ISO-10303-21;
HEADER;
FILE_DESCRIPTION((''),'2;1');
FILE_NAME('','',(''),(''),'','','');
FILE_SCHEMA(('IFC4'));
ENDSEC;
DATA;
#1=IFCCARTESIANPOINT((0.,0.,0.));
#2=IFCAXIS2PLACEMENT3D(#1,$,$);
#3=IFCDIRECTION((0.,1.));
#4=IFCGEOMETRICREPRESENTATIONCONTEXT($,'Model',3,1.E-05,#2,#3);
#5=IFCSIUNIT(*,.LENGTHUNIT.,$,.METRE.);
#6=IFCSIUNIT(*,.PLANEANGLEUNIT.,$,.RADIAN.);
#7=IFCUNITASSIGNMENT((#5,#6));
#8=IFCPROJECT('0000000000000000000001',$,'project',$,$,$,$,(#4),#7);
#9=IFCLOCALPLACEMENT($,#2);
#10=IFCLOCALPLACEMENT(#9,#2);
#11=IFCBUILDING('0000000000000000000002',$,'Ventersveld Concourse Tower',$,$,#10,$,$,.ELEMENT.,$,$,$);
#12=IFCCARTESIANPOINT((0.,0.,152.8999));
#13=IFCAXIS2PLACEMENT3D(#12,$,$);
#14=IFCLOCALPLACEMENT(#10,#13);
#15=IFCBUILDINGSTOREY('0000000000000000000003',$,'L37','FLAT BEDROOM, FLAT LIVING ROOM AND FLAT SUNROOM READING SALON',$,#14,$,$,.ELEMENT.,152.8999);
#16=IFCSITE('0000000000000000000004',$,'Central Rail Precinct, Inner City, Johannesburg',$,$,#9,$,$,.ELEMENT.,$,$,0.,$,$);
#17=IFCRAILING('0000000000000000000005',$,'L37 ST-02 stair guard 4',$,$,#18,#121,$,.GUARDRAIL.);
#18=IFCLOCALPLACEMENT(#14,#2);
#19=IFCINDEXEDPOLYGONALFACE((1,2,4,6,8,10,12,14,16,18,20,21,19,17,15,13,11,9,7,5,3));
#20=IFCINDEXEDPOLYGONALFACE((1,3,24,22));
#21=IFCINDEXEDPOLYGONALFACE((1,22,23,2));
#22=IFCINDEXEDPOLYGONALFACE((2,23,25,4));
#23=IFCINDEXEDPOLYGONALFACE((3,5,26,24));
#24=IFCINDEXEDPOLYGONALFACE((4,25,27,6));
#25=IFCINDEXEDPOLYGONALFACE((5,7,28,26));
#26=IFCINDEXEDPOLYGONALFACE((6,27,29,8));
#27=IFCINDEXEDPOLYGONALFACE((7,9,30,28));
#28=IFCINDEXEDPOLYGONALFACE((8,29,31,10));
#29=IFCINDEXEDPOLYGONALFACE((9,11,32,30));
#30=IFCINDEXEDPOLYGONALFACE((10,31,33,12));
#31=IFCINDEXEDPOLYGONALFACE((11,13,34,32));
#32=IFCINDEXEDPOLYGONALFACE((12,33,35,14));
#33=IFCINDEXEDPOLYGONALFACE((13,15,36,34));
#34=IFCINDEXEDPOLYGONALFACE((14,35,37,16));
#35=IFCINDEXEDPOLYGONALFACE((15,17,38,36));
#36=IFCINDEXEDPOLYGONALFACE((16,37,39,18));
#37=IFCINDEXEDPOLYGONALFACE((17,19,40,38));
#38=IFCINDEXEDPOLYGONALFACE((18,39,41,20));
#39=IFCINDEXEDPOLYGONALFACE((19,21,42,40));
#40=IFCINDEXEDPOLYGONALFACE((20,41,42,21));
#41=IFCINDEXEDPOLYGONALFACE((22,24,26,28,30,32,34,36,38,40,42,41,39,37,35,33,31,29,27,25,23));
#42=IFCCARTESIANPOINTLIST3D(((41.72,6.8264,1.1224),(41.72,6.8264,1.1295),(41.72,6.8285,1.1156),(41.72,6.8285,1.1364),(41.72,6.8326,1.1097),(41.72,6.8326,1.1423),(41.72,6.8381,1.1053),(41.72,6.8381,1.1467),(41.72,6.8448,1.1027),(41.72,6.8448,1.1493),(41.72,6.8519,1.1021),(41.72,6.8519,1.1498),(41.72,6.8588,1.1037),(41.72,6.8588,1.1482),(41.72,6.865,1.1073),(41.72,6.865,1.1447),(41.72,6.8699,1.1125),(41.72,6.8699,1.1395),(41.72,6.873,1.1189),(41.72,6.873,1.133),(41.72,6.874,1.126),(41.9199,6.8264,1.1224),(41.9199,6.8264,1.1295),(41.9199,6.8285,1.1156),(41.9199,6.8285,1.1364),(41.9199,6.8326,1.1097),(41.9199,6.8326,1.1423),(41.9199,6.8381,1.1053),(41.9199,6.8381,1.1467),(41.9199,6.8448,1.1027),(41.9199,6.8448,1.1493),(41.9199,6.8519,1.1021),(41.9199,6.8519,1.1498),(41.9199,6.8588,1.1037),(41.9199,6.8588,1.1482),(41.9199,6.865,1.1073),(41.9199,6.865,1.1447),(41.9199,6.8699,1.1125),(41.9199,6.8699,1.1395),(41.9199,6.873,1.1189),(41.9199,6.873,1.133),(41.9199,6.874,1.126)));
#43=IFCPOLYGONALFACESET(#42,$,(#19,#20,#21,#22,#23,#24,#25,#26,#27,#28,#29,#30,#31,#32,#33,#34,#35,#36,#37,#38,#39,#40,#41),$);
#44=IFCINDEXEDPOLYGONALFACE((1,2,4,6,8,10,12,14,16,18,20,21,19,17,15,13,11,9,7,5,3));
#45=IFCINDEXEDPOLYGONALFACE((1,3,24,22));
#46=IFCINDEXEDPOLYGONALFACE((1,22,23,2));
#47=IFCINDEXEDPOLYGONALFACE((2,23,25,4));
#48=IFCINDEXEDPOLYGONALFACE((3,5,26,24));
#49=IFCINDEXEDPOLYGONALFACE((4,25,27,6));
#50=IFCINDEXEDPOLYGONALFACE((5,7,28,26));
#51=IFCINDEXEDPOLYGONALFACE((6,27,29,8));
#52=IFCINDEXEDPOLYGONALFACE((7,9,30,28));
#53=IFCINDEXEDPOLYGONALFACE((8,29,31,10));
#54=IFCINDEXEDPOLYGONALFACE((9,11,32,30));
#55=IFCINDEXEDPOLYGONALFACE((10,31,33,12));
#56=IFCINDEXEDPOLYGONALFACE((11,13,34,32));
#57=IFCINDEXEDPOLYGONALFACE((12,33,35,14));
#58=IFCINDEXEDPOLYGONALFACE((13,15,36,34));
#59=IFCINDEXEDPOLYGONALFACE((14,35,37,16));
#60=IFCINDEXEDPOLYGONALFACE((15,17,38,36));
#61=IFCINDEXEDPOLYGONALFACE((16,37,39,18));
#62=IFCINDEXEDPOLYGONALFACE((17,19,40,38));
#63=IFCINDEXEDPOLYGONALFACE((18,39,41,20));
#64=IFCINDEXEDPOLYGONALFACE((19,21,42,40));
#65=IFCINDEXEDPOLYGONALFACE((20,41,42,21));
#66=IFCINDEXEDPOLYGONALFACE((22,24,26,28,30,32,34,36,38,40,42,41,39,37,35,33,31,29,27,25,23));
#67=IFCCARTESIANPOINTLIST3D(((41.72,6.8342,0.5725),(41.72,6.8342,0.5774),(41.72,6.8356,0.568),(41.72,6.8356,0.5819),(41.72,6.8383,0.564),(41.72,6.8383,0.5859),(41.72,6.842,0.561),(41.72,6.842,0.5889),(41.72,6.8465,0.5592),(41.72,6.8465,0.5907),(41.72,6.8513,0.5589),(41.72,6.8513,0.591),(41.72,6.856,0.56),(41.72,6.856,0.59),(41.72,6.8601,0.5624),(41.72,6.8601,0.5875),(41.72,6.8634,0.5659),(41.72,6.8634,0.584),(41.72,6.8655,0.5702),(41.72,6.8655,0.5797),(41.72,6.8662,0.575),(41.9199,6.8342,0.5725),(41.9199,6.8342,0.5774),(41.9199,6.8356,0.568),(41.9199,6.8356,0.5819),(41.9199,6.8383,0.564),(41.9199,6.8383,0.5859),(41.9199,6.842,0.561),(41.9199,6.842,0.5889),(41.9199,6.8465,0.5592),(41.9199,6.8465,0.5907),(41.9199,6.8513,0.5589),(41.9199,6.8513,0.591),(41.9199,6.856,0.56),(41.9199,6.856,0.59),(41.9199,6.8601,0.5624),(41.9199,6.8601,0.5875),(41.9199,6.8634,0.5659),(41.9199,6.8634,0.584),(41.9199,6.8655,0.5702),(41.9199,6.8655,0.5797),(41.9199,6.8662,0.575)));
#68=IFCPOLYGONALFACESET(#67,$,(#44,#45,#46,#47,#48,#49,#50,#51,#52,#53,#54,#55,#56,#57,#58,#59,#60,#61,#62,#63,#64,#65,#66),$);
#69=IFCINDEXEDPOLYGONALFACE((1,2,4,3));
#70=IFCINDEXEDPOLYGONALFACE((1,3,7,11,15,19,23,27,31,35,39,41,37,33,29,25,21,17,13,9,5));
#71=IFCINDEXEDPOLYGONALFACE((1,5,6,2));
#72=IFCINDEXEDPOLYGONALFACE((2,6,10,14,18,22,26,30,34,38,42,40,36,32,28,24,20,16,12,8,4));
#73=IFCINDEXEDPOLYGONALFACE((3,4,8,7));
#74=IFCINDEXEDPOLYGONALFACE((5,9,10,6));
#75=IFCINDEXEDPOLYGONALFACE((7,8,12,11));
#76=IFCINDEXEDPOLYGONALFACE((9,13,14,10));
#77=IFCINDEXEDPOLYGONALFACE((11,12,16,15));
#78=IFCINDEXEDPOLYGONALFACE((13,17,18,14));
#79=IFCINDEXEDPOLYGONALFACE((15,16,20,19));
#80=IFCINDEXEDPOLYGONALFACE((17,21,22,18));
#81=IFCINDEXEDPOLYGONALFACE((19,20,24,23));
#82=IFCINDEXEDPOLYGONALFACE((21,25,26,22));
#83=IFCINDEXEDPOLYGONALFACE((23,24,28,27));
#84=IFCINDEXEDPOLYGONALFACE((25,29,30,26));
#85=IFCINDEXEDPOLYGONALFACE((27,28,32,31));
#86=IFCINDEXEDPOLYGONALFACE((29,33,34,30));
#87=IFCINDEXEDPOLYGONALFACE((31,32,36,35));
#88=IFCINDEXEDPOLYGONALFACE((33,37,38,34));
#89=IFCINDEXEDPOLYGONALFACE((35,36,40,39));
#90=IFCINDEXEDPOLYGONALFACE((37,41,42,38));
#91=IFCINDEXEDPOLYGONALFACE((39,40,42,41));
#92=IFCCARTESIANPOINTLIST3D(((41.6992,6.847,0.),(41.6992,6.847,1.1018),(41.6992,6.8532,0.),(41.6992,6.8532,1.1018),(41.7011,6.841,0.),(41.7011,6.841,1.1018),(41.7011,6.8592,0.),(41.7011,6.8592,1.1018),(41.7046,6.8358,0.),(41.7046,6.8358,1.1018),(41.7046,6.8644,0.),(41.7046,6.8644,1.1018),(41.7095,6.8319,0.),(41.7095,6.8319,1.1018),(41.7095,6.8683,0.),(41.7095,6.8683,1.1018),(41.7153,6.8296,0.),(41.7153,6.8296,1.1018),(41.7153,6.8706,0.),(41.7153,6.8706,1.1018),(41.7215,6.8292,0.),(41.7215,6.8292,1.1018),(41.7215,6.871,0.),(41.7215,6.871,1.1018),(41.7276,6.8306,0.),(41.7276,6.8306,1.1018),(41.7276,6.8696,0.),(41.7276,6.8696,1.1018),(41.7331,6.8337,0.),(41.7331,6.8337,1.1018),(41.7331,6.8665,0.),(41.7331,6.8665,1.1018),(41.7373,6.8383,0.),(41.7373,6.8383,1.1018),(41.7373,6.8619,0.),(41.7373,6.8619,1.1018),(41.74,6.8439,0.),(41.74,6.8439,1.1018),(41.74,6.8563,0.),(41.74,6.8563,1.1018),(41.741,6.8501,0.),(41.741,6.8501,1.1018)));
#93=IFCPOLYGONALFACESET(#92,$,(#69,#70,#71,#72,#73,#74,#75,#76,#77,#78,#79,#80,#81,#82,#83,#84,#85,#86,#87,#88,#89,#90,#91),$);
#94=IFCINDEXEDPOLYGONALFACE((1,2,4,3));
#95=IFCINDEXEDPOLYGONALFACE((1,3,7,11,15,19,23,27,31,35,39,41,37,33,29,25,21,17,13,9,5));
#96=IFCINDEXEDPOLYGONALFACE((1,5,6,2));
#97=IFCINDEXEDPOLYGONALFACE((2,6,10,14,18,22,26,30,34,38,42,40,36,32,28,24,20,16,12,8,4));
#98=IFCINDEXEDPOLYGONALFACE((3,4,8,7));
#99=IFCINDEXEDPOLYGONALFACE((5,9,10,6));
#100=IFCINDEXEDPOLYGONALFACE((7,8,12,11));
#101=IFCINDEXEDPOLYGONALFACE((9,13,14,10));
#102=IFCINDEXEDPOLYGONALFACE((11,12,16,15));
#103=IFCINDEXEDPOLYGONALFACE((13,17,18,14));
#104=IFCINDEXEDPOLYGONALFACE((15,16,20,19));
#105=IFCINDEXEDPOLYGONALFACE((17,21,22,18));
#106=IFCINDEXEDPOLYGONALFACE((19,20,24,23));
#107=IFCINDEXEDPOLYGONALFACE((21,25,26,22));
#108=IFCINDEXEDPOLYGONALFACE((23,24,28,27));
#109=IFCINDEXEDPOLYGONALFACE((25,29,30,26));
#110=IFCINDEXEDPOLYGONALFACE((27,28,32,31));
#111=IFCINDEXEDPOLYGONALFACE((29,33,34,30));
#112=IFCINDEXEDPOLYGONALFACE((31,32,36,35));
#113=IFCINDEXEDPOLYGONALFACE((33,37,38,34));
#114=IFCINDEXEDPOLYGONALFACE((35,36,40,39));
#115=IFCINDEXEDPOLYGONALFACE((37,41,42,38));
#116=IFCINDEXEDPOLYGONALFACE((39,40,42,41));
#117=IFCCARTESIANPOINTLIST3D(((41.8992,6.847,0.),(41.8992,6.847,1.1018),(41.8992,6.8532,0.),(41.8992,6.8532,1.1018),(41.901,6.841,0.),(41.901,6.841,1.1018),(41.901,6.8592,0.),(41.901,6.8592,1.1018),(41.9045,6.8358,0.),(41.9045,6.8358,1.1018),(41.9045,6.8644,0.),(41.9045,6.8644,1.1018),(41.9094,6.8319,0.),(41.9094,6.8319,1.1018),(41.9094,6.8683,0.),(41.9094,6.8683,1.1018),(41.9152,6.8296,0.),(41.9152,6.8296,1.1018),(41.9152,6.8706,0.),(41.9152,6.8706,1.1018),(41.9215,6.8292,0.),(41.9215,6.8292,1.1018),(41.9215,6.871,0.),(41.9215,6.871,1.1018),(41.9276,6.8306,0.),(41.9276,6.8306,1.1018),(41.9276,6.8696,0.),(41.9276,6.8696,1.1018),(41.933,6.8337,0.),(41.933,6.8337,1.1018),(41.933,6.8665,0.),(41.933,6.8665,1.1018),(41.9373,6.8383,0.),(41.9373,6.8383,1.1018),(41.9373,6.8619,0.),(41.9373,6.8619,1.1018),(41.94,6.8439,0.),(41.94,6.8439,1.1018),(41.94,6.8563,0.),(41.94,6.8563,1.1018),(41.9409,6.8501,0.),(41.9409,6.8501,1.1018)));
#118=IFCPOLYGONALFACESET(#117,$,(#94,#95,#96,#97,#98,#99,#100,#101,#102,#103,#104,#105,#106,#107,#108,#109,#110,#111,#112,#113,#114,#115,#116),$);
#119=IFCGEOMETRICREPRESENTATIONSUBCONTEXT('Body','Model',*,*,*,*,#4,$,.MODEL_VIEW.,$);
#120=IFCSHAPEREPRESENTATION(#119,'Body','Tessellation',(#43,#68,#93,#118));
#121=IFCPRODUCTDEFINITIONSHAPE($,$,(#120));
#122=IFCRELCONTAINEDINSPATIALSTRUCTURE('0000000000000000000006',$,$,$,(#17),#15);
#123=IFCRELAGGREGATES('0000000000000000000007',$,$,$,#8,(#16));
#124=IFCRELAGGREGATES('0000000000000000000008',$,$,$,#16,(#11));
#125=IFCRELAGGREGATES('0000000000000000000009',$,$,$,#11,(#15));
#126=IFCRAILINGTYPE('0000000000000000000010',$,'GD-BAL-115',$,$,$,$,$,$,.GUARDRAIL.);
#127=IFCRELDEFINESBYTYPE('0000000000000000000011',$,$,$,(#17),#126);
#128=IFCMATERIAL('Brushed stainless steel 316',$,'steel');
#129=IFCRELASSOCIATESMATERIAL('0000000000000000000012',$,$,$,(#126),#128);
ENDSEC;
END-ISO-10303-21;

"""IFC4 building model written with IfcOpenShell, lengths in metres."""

from ifc_helpers import new_model, si_unit, direction, frame, origin, origin_2d, place, context, subcontext, project, spatial, circle, extrude, material, type_object, element, save


model = new_model("IFC4")

# Units and contexts
model_context = context("Model", 3, precision=1e-05, world=origin(), true_north=direction((0.0, 1.0)))
body_context = subcontext(model_context, "Body", "Model", "MODEL_VIEW")
ifc_project = project(units=[si_unit("LENGTHUNIT", "METRE"), si_unit("PLANEANGLEUNIT", "RADIAN")], contexts=[model_context])

# Site, building, storey
site_placement = place(None, origin())
site = spatial("IfcSite", under=ifc_project, at=site_placement, Name="Central Rail Precinct, Inner City, Johannesburg", CompositionType="ELEMENT", RefElevation=0.0)
building_placement = place(site_placement, origin())
building = spatial("IfcBuilding", under=site, at=building_placement, Name="Ventersveld Concourse Tower", CompositionType="ELEMENT")
storey_placement = place(building_placement, frame((0.0, 0.0, 152.8999)))
storey = spatial("IfcBuildingStorey", under=building, at=storey_placement, Name="L37", Description="FLAT BEDROOM, FLAT LIVING ROOM AND FLAT SUNROOM READING SALON", CompositionType="ELEMENT", Elevation=152.8999)

# Railing
ifc_material_1 = material(Name="Brushed stainless steel 316", Category="steel")
railing_type_1 = type_object("IfcRailingType", Name="GD-BAL-115", PredefinedType="GUARDRAIL", material=ifc_material_1)
railing_1_placement = place(storey_placement, frame((41.72, 6.8501, 0.0)))
element("IfcRailing", 1, at=railing_1_placement, inside=storey, type_object=railing_type_1, Name="L37 ST-02 stair guard 4", PredefinedType="GUARDRAIL", context=body_context, shape_type="SweptSolid", body=[
    extrude(circle(Radius=0.0239, at=origin_2d()), frame((0.0, 0.0, 1.126), z_axis=(1.0, 0.0, 0.0), x_axis=(0.0, 1.0, 0.0)), (0.0, 0.0, 1.0), 0.2),
    extrude(circle(Radius=0.0161, at=origin_2d()), frame((0.0, 0.0, 0.575), z_axis=(1.0, 0.0, 0.0), x_axis=(0.0, 1.0, 0.0)), (0.0, 0.0, 1.0), 0.2),
    extrude(circle(Radius=0.021, at=origin_2d()), origin(), (0.0, 0.0, 1.0), 1.1018),
    extrude(circle(Radius=0.021, at=origin_2d()), frame((0.2, 0.0, 0.0)), (0.0, 0.0, 1.0), 1.1018),
])

save(model, "model.ifc")
